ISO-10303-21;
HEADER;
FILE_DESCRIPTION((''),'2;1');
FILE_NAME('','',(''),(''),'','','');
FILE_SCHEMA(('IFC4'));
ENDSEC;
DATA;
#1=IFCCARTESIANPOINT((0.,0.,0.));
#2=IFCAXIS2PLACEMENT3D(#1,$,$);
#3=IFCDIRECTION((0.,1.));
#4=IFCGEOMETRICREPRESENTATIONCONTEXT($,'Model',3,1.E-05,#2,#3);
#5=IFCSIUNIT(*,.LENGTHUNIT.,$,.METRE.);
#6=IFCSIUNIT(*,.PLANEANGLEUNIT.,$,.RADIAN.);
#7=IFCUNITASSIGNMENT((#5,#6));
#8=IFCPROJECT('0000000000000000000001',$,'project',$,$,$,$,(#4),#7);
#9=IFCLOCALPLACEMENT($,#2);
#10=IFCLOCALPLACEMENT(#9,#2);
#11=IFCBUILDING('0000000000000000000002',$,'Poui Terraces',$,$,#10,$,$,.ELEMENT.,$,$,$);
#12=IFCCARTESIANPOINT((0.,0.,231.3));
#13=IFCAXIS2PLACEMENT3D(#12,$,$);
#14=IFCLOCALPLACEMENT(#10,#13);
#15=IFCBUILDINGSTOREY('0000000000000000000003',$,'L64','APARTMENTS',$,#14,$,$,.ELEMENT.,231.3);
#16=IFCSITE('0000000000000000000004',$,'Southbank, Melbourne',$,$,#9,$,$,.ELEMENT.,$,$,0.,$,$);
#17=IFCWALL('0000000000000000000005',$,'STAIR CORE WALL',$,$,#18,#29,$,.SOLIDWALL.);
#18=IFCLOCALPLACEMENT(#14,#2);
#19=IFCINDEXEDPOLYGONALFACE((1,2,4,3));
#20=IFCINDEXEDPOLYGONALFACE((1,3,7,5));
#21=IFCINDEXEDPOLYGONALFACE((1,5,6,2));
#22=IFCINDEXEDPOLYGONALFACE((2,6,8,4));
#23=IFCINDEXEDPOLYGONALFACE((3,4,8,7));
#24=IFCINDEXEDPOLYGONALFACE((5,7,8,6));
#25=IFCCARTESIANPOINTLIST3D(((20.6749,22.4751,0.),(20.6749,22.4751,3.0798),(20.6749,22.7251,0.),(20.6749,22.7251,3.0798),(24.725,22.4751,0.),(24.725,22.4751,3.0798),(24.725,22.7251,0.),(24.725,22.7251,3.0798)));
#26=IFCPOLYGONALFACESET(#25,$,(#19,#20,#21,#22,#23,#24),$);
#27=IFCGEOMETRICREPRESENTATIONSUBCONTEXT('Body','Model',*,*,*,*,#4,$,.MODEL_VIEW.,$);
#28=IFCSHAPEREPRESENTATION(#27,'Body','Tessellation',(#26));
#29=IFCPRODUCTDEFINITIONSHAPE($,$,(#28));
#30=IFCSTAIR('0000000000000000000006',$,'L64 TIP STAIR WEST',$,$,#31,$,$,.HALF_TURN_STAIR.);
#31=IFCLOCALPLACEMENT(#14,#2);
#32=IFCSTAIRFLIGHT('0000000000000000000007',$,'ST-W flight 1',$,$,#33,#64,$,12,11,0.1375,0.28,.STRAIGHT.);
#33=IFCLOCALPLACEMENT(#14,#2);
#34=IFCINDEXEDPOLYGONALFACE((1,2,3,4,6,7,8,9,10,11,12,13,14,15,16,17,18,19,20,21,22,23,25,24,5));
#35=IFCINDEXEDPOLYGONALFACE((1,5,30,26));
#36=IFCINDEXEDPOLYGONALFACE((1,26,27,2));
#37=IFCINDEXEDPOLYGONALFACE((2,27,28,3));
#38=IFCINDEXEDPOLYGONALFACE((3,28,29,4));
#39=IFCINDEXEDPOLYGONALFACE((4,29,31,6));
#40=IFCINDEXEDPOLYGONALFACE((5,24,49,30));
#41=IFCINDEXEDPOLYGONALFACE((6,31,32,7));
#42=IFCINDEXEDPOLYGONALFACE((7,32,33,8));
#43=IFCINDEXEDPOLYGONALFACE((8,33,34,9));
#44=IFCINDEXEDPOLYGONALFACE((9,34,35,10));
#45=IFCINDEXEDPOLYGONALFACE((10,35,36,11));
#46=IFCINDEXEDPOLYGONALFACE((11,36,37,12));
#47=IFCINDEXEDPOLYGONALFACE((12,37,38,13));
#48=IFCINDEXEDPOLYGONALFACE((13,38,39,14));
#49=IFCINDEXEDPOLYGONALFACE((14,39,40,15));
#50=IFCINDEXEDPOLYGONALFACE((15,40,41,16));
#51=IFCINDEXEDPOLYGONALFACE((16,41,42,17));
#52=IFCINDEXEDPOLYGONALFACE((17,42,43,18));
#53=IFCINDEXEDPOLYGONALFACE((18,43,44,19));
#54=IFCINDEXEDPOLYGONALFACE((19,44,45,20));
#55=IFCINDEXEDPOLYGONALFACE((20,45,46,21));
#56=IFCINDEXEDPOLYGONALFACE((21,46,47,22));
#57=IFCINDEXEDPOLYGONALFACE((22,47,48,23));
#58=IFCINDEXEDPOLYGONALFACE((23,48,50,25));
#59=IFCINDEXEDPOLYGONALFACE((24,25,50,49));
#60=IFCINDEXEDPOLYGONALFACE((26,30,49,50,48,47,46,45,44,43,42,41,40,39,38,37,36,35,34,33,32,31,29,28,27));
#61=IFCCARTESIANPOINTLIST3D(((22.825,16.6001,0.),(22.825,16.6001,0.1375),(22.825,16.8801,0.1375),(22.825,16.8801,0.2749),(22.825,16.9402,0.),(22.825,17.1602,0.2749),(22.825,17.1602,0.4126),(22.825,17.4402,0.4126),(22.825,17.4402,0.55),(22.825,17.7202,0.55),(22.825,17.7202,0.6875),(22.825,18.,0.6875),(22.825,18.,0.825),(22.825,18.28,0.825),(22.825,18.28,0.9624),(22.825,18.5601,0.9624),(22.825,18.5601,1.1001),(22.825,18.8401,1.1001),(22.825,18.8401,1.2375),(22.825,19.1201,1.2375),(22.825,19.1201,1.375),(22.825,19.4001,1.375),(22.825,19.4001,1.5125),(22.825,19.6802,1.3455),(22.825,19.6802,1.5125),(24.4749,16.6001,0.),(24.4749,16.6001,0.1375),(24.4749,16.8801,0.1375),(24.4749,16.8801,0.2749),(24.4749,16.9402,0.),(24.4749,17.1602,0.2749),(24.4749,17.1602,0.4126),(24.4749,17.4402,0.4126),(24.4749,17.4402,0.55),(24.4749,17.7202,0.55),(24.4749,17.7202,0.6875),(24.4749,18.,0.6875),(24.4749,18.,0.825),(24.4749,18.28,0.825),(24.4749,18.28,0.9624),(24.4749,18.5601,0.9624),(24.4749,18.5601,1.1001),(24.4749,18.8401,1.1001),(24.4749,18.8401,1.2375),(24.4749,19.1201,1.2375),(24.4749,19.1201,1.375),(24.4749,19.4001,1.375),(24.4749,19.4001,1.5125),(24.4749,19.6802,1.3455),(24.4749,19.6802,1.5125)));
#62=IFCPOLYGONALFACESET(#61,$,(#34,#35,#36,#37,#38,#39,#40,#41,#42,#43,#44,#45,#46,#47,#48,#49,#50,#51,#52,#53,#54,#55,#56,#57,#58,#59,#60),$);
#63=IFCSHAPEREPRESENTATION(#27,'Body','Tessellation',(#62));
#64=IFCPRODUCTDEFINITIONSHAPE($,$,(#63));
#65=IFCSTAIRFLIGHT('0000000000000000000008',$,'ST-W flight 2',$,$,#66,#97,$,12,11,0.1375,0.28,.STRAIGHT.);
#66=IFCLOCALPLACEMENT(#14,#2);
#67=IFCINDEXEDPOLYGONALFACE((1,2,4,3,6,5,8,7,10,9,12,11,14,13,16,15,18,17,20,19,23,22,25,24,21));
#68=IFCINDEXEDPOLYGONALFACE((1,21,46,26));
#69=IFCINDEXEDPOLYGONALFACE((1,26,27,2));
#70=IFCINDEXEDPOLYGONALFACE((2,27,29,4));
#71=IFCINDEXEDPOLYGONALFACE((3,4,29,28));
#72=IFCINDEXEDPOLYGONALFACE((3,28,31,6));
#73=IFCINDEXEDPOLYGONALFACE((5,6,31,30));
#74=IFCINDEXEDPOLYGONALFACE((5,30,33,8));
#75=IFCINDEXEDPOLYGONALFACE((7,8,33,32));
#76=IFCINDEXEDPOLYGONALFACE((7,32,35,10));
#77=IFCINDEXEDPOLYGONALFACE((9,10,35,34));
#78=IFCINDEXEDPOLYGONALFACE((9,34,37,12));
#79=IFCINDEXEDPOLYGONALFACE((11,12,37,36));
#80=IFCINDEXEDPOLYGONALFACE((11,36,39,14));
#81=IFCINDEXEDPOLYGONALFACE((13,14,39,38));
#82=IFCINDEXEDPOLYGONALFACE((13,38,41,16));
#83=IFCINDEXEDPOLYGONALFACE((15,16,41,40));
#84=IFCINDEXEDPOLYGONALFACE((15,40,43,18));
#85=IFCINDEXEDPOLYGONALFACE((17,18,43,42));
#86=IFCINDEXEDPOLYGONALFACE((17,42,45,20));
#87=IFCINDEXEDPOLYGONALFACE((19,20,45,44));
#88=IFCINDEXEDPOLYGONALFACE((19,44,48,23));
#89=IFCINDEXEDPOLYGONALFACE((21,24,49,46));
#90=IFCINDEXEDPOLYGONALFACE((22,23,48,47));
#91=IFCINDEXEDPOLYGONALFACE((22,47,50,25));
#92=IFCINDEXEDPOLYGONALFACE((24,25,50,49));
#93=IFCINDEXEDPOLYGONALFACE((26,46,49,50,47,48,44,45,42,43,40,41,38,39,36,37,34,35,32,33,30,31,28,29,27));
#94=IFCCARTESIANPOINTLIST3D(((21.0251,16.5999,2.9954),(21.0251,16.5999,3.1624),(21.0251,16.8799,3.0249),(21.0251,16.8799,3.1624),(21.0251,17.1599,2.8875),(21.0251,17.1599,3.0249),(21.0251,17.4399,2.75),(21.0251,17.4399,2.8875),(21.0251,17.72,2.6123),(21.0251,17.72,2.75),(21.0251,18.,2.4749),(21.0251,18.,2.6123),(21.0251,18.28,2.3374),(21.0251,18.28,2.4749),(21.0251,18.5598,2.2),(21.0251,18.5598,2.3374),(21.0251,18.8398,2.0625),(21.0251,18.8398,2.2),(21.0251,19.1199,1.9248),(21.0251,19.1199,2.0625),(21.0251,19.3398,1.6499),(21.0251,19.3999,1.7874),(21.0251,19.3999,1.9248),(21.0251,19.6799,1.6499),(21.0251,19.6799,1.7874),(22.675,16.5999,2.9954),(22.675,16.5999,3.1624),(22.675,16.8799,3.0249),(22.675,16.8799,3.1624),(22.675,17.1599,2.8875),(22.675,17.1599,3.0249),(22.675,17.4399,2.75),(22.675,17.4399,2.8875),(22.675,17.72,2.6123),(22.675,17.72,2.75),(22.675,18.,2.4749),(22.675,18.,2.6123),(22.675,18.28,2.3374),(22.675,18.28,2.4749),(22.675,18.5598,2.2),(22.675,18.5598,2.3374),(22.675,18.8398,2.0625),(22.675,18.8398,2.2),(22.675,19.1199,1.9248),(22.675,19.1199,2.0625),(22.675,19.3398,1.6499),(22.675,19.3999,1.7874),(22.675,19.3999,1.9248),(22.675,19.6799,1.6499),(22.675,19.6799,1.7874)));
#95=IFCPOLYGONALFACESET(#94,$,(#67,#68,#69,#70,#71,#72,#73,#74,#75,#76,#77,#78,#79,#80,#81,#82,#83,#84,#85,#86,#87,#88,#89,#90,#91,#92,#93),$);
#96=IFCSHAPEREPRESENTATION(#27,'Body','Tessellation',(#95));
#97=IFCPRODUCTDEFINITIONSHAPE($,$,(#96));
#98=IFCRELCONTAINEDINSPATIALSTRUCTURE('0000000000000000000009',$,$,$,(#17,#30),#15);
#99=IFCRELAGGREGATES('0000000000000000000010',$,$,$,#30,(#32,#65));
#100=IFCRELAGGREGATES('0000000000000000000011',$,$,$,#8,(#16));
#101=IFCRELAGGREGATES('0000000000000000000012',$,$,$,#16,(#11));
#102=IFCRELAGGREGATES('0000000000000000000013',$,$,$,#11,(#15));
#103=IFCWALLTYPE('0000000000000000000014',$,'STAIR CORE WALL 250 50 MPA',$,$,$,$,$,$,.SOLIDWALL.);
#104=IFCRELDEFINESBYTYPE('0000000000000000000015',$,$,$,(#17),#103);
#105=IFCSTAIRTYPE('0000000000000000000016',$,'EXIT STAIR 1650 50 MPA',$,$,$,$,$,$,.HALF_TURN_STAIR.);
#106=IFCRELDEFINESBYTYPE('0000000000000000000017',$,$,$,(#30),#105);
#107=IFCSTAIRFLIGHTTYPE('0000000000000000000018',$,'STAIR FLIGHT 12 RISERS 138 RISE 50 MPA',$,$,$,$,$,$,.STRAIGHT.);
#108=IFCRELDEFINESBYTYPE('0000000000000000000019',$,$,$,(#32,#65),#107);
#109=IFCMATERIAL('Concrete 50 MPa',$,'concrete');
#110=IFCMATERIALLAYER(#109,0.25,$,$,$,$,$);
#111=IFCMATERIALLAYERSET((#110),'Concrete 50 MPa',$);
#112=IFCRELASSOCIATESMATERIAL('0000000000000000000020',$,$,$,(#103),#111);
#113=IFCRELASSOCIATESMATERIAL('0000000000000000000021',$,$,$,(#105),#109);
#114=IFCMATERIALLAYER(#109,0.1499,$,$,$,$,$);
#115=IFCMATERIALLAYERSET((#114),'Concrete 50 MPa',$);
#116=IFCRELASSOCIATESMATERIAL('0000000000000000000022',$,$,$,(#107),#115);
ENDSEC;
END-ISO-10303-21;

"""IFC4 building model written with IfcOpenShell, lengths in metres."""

from ifc_helpers import new_model, si_unit, direction, frame, frame_2d, origin, place, context, subcontext, project, spatial, polyline, rectangle, outline, extrude, material, layer, layer_set, type_object, element, aggregate, save


model = new_model("IFC4")

# Units and contexts
model_context = context("Model", 3, precision=1e-05, world=origin(), true_north=direction((0.0, 1.0)))
body_context = subcontext(model_context, "Body", "Model", "MODEL_VIEW")
ifc_project = project(units=[si_unit("LENGTHUNIT", "METRE"), si_unit("PLANEANGLEUNIT", "RADIAN")], contexts=[model_context])

# Site, building, storey
site_placement = place(None, origin())
site = spatial("IfcSite", under=ifc_project, at=site_placement, Name="Southbank, Melbourne", CompositionType="ELEMENT", RefElevation=0.0)
building_placement = place(site_placement, origin())
building = spatial("IfcBuilding", under=site, at=building_placement, Name="Poui Terraces", CompositionType="ELEMENT")
storey_placement = place(building_placement, frame((0.0, 0.0, 231.3)))
storey = spatial("IfcBuildingStorey", under=building, at=storey_placement, Name="L64", Description="APARTMENTS", CompositionType="ELEMENT", Elevation=231.3)

# Wall
ifc_material_1 = material(Name="Concrete 50 MPa", Category="concrete")
ifc_layer_1 = layer(ifc_material_1, 0.25)
ifc_layer_set_1 = layer_set([ifc_layer_1], Name="Concrete 50 MPa")
wall_type = type_object("IfcWallType", Name="STAIR CORE WALL 250 50 MPA", PredefinedType="SOLIDWALL", material=ifc_layer_set_1)
wall_placement = place(storey_placement, frame((20.675, 22.6001, 0.0), z_axis=(0.0, 0.0, 1.0), x_axis=(1.0, 0.0, 0.0)))
element("IfcWall", 1, at=wall_placement, inside=storey, type_object=wall_type, Name="STAIR CORE WALL", PredefinedType="SOLIDWALL", context=body_context, shape_type="SweptSolid", body=[
    extrude(rectangle(XDim=4.05, YDim=0.25, at=frame_2d((2.0249, 0.0))), origin(), (0.0, 0.0, 1.0), 3.0798),
])

# Stair, stair flights
stair_type = type_object("IfcStairType", Name="EXIT STAIR 1650 50 MPA", PredefinedType="HALF_TURN_STAIR", material=ifc_material_1)
stair_placement = place(storey_placement, origin())
stair = element("IfcStair", 2, at=stair_placement, inside=storey, type_object=stair_type, Name="L64 TIP STAIR WEST", PredefinedType="HALF_TURN_STAIR")
ifc_layer_2 = layer(ifc_material_1, 0.1499)
ifc_layer_set_2 = layer_set([ifc_layer_2], Name="Concrete 50 MPa")
stair_flight_type = type_object("IfcStairFlightType", Name="STAIR FLIGHT 12 RISERS 138 RISE 50 MPA", PredefinedType="STRAIGHT", material=ifc_layer_set_2)
stair_flight_1_placement = place(storey_placement, frame((23.6499, 16.6001, 0.0), z_axis=(0.0, 0.0, 1.0), x_axis=(0.0, 1.0, 0.0)))
stair_flight_1 = element("IfcStairFlight", 3, at=stair_flight_1_placement, type_object=stair_flight_type, Name="ST-W flight 1", NumberOfRisers=12, NumberOfTreads=11, PredefinedType="STRAIGHT", RiserHeight=0.1375, TreadLength=0.28, context=body_context, shape_type="SweptSolid", body=[
    extrude(outline(polyline([(0.0, 0.0), (0.0, 0.1375), (0.28, 0.1375), (0.28, 0.2749), (0.5601, 0.2749), (0.5601, 0.4126), (0.8401, 0.4126), (0.8401, 0.55), (1.1201, 0.55), (1.1201, 0.6875), (1.3999, 0.6875), (1.3999, 0.825), (1.6799, 0.825), (1.6799, 0.9624), (1.96, 0.9624), (1.96, 1.1001), (2.24, 1.1001), (2.24, 1.2375), (2.52, 1.2375), (2.52, 1.375), (2.8, 1.375), (2.8, 1.5125), (3.0801, 1.5125), (3.0801, 1.6499), (3.0801, 1.3455), (0.3401, 0.0), (0.0, 0.0)])), frame((0.0, 0.825, 0.0), z_axis=(0.0, -1.0, 0.0), x_axis=(1.0, 0.0, 0.0)), (0.0, 0.0, 1.0), 1.6499),
])
stair_flight_2_placement = place(storey_placement, frame((21.8501, 19.6799, 1.6499), z_axis=(0.0, 0.0, 1.0), x_axis=(0.0, -1.0, 0.0)))
stair_flight_2 = element("IfcStairFlight", 4, at=stair_flight_2_placement, type_object=stair_flight_type, Name="ST-W flight 2", NumberOfRisers=12, NumberOfTreads=11, PredefinedType="STRAIGHT", RiserHeight=0.1375, TreadLength=0.28, context=body_context, shape_type="SweptSolid", body=[
    extrude(outline(polyline([(0.0, 0.0), (0.0, 0.1375), (0.28, 0.1375), (0.28, 0.2749), (0.5601, 0.2749), (0.5601, 0.4126), (0.8401, 0.4126), (0.8401, 0.55), (1.1201, 0.55), (1.1201, 0.6875), (1.3999, 0.6875), (1.3999, 0.825), (1.6799, 0.825), (1.6799, 0.9624), (1.96, 0.9624), (1.96, 1.1001), (2.24, 1.1001), (2.24, 1.2375), (2.52, 1.2375), (2.52, 1.375), (2.8, 1.375), (2.8, 1.5125), (3.0801, 1.5125), (3.0801, 1.6499), (3.0801, 1.3455), (0.3401, 0.0), (0.0, 0.0)])), frame((0.0, 0.825, 0.0), z_axis=(0.0, -1.0, 0.0), x_axis=(1.0, 0.0, 0.0)), (0.0, 0.0, 1.0), 1.6499),
])
aggregate(stair, [stair_flight_1, stair_flight_2])

save(model, "model.ifc")
